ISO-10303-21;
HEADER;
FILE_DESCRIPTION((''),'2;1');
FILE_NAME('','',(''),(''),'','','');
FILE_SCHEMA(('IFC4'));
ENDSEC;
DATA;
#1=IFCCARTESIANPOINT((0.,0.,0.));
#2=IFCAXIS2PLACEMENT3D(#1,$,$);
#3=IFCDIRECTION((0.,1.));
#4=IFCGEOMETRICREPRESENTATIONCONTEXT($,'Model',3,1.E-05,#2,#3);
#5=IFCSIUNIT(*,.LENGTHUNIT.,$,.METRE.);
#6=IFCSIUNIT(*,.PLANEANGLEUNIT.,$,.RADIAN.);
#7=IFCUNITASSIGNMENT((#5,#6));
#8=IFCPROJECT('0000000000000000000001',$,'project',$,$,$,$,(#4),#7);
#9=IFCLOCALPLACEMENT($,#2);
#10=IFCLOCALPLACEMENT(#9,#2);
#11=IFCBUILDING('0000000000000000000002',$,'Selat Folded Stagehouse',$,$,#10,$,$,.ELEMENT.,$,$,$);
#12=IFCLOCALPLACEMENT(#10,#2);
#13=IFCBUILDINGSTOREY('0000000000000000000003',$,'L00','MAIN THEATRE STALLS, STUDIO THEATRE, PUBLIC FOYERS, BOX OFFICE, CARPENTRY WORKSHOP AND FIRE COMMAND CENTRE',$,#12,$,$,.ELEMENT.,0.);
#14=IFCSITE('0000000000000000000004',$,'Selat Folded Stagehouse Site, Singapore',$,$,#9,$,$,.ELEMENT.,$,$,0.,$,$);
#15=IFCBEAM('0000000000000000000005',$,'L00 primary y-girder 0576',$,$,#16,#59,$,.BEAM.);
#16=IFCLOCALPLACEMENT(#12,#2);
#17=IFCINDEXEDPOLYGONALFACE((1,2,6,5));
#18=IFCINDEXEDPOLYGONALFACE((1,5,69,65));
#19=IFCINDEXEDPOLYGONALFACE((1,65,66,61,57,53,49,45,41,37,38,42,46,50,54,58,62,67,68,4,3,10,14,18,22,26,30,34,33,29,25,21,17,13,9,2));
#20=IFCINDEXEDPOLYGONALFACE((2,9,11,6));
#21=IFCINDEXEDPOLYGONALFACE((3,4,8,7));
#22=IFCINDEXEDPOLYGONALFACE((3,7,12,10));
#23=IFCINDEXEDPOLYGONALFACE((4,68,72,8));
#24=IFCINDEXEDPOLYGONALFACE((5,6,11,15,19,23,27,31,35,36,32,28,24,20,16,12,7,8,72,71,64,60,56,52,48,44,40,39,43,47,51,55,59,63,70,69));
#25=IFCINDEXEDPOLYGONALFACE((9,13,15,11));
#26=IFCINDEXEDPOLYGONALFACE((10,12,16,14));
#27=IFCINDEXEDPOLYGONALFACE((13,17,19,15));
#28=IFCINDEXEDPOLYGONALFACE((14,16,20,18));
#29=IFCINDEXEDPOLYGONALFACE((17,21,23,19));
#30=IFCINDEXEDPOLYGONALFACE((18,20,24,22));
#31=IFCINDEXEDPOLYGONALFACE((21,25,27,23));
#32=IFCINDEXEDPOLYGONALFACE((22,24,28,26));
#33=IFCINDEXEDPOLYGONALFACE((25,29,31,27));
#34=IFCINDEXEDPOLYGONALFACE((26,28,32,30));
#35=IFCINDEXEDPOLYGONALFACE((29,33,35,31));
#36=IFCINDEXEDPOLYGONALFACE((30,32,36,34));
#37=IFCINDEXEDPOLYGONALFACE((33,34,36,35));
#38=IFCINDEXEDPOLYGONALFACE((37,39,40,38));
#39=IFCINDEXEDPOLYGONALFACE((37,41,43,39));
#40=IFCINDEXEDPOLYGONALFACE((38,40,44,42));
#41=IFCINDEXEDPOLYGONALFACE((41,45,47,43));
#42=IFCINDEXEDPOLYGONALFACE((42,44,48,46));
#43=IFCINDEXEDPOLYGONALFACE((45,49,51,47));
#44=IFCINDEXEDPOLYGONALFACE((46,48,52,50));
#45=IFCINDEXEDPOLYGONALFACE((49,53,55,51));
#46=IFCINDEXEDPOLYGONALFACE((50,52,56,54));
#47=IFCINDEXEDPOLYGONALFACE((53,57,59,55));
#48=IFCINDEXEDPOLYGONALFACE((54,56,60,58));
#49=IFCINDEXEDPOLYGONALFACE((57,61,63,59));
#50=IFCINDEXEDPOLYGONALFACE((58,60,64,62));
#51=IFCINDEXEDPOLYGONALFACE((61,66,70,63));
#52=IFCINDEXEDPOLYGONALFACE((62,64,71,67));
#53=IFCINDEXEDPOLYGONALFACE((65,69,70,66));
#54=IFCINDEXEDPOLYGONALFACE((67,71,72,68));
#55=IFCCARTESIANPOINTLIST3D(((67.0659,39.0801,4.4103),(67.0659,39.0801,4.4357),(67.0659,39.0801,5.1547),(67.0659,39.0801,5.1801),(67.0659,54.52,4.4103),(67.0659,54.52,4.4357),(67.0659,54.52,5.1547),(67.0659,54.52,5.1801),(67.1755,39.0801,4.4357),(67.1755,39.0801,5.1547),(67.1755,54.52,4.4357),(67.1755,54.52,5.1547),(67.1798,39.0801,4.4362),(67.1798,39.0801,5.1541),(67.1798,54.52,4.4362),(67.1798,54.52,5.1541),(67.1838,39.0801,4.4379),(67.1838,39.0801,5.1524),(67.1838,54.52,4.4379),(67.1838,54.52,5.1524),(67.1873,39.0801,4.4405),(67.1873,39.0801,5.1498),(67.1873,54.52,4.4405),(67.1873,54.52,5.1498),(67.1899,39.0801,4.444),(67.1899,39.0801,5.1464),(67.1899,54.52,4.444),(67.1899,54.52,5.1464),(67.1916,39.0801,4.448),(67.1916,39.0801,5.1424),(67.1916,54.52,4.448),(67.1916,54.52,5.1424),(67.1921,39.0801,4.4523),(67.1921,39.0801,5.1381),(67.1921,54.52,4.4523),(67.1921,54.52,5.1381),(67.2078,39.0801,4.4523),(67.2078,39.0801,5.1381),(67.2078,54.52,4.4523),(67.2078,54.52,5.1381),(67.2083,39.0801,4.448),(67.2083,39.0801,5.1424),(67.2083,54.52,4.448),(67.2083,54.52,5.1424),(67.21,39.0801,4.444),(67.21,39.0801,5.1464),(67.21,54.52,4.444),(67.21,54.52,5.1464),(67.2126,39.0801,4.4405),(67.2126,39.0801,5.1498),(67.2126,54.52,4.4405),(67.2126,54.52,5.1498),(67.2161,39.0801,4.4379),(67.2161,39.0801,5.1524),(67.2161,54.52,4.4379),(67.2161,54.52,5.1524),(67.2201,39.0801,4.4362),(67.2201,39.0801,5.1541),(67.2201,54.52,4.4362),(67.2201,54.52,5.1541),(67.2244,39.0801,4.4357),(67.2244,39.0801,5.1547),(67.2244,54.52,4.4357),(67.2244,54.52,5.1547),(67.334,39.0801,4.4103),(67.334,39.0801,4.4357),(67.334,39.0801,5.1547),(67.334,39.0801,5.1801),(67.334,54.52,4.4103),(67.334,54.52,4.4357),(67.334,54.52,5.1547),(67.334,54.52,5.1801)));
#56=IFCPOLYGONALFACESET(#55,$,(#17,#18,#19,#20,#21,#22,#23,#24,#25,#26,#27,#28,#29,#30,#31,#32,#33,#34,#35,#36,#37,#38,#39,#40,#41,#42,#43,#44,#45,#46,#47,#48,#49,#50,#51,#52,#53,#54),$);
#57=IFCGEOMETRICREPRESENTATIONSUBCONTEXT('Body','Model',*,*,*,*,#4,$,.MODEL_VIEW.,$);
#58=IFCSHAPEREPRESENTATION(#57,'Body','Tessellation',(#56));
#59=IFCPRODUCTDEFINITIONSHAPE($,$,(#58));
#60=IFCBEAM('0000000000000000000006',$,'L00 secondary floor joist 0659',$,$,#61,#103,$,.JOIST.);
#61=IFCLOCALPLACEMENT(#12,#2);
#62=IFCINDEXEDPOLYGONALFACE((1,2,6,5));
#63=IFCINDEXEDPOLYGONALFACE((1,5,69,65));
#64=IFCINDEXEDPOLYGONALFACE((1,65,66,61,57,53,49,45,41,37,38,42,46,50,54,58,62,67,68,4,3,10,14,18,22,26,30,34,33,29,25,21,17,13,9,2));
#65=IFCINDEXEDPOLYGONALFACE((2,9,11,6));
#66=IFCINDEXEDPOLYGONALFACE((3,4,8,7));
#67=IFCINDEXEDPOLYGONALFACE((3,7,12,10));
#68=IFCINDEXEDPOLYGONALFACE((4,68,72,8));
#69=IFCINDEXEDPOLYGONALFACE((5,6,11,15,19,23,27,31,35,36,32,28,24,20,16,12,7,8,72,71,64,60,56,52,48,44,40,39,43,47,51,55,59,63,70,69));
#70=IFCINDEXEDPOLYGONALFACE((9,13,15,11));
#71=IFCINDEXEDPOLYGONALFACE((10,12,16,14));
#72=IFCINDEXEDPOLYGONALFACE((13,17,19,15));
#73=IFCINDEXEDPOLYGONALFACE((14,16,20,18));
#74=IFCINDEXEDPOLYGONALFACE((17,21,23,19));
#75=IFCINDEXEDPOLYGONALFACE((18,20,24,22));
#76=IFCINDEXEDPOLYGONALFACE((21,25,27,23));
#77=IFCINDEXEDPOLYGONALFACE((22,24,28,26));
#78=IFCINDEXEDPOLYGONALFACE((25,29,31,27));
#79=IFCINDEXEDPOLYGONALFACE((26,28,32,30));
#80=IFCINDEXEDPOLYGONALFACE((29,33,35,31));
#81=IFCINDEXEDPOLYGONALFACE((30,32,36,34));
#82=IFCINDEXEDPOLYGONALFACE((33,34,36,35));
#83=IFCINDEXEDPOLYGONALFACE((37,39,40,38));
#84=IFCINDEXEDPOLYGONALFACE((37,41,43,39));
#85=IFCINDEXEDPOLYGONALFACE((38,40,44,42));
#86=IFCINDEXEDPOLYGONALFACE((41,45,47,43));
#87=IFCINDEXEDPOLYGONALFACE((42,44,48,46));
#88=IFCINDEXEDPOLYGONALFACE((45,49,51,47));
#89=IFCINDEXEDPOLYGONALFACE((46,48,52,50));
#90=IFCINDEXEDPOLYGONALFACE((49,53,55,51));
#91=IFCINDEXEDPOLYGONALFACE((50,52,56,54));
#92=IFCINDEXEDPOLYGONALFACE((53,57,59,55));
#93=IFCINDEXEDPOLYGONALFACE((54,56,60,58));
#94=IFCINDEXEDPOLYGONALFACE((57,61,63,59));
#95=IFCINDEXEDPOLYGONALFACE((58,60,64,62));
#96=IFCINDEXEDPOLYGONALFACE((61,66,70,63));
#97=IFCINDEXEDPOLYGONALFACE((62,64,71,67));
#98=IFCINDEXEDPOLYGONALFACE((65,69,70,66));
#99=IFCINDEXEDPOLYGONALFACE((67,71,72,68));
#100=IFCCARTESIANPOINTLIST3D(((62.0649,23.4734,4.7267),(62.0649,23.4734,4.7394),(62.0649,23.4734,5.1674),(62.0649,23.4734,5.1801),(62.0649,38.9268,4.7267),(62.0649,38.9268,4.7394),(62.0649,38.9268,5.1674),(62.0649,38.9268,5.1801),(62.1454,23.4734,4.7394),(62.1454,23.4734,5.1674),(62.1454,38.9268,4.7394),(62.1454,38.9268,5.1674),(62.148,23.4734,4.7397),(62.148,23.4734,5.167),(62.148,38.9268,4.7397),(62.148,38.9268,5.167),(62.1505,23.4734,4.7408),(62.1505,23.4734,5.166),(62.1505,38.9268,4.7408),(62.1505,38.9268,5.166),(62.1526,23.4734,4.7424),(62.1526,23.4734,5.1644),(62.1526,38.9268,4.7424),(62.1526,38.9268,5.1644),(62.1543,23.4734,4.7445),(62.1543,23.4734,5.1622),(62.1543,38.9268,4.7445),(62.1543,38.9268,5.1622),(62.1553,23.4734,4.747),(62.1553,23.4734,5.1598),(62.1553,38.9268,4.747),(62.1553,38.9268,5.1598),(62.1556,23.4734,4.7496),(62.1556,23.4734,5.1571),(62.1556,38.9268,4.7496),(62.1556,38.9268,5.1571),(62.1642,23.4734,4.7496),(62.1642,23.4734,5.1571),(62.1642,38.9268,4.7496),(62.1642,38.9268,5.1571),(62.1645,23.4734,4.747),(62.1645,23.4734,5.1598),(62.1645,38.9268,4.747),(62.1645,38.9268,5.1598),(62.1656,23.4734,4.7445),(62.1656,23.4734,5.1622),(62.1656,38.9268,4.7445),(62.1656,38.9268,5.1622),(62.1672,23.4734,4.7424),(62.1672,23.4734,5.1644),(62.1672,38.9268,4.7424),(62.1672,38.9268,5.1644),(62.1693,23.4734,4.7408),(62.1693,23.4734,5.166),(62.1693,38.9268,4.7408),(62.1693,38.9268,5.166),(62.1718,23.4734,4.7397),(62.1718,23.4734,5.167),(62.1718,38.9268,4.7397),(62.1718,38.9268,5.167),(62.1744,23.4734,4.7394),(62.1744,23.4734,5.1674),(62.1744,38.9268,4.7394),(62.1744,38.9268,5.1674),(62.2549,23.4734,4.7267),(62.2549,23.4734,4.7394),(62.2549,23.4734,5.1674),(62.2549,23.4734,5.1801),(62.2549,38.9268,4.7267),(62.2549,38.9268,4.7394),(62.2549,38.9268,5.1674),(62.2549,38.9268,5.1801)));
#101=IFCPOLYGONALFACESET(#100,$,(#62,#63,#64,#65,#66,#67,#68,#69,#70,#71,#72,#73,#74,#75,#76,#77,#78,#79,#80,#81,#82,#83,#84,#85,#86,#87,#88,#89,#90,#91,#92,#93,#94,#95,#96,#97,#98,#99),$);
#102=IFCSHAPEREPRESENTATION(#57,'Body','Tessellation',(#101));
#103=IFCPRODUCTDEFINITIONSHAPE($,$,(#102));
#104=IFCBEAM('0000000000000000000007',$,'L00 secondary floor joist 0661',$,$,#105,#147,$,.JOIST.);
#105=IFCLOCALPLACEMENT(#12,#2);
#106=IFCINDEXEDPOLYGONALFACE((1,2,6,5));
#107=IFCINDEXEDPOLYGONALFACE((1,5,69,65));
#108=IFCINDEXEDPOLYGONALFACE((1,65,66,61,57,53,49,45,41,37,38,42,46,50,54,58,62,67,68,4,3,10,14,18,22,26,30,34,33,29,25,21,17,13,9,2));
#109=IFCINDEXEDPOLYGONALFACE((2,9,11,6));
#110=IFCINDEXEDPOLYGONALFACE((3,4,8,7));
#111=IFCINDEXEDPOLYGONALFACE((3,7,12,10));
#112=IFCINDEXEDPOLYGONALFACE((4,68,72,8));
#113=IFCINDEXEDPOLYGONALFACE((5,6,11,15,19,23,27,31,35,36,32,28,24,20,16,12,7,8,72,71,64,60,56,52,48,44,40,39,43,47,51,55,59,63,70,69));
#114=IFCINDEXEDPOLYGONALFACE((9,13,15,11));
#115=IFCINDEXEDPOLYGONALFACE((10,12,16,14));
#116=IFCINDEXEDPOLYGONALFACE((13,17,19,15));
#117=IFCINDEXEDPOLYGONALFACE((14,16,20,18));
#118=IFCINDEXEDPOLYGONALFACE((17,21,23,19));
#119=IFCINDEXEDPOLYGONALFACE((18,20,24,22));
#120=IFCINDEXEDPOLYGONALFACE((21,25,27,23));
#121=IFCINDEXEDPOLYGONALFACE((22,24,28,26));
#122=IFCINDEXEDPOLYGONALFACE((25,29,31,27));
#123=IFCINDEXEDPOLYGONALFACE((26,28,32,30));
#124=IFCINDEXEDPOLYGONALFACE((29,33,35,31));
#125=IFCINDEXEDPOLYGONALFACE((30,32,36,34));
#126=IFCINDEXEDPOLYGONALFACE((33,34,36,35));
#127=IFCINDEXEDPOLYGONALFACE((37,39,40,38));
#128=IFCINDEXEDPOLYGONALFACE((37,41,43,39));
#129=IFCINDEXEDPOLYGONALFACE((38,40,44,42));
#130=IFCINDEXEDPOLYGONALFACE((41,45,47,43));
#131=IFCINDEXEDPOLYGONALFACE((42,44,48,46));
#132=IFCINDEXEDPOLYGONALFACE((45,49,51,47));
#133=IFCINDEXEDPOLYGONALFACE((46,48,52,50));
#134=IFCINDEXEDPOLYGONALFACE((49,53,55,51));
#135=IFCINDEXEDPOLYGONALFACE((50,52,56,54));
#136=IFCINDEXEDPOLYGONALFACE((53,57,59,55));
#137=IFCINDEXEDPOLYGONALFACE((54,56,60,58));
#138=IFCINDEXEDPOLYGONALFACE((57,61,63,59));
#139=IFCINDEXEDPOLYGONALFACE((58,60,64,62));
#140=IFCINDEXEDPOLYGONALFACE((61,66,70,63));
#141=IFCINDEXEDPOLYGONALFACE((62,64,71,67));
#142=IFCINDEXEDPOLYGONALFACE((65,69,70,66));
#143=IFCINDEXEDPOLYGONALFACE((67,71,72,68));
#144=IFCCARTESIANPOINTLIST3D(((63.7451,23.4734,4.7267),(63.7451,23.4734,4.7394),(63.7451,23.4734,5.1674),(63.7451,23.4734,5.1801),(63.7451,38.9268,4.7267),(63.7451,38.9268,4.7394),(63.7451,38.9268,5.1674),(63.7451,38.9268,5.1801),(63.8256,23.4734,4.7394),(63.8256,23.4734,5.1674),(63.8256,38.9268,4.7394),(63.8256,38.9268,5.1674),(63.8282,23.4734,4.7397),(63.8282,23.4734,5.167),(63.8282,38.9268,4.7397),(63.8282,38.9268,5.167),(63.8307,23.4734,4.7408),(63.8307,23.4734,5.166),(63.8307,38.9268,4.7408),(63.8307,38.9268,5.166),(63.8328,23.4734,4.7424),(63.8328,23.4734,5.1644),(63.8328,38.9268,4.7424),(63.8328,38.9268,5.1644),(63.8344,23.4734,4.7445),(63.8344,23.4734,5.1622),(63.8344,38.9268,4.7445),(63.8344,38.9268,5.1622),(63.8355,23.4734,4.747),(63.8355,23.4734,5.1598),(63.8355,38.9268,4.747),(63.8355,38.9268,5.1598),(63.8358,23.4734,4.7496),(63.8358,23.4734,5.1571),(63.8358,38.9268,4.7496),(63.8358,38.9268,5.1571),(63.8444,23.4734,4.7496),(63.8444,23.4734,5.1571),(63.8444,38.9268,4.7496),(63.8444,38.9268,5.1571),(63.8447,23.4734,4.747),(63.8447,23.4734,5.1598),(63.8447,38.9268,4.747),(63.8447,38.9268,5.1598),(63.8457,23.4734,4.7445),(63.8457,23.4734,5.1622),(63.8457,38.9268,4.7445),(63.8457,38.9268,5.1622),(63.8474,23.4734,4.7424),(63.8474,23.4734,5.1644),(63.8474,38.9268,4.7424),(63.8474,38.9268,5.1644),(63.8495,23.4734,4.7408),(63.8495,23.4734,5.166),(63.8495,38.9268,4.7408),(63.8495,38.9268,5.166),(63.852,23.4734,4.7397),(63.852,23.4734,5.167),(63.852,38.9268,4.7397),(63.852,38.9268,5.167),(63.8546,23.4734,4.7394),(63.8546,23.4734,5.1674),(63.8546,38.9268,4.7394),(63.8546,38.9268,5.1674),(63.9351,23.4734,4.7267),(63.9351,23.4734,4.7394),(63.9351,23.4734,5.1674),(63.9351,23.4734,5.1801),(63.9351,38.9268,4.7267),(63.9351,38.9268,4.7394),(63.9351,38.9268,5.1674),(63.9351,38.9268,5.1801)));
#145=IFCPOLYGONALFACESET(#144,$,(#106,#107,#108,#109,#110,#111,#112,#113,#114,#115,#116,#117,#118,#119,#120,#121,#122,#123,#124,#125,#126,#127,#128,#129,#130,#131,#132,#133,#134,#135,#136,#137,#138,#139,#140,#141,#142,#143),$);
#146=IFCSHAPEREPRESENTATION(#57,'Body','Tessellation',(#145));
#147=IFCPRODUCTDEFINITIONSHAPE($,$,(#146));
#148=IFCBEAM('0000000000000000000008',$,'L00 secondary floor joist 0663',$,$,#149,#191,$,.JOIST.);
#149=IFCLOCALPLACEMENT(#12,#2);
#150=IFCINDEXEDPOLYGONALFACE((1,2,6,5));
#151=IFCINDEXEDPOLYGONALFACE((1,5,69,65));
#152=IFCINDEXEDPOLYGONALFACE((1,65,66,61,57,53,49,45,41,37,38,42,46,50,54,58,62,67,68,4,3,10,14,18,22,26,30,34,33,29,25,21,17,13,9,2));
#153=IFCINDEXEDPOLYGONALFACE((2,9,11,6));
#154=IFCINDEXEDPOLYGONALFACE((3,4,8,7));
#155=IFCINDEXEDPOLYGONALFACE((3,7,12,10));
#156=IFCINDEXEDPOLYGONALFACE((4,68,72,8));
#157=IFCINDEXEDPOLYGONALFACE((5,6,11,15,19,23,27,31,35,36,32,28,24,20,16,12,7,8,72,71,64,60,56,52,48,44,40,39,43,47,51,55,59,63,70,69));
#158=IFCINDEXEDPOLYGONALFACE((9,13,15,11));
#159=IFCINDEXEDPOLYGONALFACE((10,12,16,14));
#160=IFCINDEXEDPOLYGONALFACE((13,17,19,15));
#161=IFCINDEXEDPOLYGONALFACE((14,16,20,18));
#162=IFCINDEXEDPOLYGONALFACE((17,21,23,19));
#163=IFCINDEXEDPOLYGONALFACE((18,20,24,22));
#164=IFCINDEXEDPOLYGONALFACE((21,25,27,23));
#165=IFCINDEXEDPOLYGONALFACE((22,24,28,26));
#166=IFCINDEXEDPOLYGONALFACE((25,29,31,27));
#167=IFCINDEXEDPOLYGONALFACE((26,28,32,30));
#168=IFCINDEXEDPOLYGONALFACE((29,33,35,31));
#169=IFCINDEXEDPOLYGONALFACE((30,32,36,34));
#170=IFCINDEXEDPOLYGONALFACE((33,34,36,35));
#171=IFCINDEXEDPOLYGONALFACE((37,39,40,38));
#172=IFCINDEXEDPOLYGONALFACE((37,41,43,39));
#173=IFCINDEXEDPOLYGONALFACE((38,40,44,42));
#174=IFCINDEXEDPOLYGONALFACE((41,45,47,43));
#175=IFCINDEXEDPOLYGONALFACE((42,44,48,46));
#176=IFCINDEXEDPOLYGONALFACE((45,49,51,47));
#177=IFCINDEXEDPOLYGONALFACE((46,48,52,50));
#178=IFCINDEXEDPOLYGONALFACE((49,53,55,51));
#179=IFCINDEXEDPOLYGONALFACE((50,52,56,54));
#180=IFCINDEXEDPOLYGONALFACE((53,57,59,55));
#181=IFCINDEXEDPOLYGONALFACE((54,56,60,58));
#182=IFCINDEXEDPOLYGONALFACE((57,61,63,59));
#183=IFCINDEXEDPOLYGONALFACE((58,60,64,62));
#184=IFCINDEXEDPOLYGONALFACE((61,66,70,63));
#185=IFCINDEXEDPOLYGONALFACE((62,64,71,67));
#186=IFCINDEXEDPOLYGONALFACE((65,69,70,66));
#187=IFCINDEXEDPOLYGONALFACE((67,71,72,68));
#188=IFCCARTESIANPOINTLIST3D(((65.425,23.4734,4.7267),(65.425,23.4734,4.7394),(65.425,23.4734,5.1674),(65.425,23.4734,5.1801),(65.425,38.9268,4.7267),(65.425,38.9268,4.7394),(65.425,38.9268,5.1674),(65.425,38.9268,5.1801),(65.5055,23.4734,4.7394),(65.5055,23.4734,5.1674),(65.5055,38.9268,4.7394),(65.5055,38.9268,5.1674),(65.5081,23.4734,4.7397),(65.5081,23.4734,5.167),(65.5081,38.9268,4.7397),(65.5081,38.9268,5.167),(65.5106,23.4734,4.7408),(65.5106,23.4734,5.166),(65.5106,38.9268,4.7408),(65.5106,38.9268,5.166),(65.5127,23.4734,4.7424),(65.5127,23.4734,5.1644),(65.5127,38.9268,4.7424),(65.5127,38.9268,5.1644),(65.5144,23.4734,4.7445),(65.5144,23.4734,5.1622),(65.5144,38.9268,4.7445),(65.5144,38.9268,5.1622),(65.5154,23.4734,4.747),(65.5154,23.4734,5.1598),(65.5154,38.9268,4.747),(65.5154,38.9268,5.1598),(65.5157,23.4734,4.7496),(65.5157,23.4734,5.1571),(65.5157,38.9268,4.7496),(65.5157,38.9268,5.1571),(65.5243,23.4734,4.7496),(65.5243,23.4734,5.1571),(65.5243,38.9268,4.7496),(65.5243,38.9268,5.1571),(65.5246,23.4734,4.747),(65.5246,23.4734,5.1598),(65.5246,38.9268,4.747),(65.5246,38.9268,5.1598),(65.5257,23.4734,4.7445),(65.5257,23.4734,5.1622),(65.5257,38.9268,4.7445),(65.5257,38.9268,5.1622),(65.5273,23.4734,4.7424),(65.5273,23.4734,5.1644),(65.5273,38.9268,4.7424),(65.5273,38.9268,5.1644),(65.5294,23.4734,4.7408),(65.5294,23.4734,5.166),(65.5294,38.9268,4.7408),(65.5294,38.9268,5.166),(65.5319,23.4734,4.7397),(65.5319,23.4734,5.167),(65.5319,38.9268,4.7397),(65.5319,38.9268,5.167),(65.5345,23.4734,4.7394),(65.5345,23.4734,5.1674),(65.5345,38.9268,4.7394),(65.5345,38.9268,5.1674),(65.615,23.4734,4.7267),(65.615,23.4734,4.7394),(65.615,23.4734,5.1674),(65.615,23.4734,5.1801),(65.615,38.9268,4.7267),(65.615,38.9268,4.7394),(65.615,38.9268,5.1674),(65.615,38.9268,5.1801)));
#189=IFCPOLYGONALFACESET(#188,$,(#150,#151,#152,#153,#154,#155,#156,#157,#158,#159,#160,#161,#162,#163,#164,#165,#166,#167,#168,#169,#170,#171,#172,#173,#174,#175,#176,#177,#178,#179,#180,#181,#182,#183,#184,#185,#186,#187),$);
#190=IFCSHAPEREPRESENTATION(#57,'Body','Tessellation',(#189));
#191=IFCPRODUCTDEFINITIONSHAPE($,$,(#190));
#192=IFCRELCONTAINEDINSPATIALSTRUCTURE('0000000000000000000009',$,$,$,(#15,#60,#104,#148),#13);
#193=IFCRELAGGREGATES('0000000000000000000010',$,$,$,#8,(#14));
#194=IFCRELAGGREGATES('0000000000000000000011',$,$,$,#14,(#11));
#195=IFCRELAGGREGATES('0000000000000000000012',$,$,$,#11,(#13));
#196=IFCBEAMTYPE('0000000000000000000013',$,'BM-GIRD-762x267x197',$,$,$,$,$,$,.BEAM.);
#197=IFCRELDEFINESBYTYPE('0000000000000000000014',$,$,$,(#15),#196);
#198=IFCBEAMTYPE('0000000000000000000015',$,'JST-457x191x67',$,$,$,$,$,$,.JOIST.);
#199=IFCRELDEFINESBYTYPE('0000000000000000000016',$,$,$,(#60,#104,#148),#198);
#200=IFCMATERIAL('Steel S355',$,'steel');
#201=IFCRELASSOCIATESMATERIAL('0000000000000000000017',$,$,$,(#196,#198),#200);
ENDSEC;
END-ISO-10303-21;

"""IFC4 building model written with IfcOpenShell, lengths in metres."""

from ifc_helpers import new_model, si_unit, direction, frame, origin, origin_2d, place, context, subcontext, project, spatial, i_section, extrude, material, material_profile, profile_set, type_object, element, save


model = new_model("IFC4")

# Units and contexts
model_context = context("Model", 3, precision=1e-05, world=origin(), true_north=direction((0.0, 1.0)))
body_context = subcontext(model_context, "Body", "Model", "MODEL_VIEW")
ifc_project = project(units=[si_unit("LENGTHUNIT", "METRE"), si_unit("PLANEANGLEUNIT", "RADIAN")], contexts=[model_context])

# Site, building, storey
site_placement = place(None, origin())
site = spatial("IfcSite", under=ifc_project, at=site_placement, Name="Selat Folded Stagehouse Site, Singapore", CompositionType="ELEMENT", RefElevation=0.0)
building_placement = place(site_placement, origin())
building = spatial("IfcBuilding", under=site, at=building_placement, Name="Selat Folded Stagehouse", CompositionType="ELEMENT")
storey_placement = place(building_placement, origin())
storey = spatial("IfcBuildingStorey", under=building, at=storey_placement, Name="L00", Description="MAIN THEATRE STALLS, STUDIO THEATRE, PUBLIC FOYERS, BOX OFFICE, CARPENTRY WORKSHOP AND FIRE COMMAND CENTRE", CompositionType="ELEMENT", Elevation=0.0)

# Shared definitions
ifc_material_1 = material(Name="Steel S355", Category="steel")

# Beams
ifc_material_profile_1 = material_profile(ifc_material_1, i_section(OverallWidth=0.2681, OverallDepth=0.7698, WebThickness=0.0156, FlangeThickness=0.0254, FilletRadius=0.0166, at=origin_2d()), Name="UKB 762x267x197")
ifc_profile_set_1 = profile_set([ifc_material_profile_1], Name="Steel S355")
beam_type_1 = type_object("IfcBeamType", Name="BM-GIRD-762x267x197", PredefinedType="BEAM", material=ifc_profile_set_1)
beam_1_placement = place(storey_placement, frame((67.2, 39.0801, 4.7952), z_axis=(0.0, 1.0, 0.0), x_axis=(-1.0, 0.0, 0.0)))
element("IfcBeam", 1, at=beam_1_placement, inside=storey, type_object=beam_type_1, Name="L00 primary y-girder 0576", PredefinedType="BEAM", context=body_context, shape_type="SweptSolid", body=[
    extrude(i_section(OverallWidth=0.2681, OverallDepth=0.7698, WebThickness=0.0156, FlangeThickness=0.0254, FilletRadius=0.0166, at=origin_2d()), origin(), (0.0, 0.0, 1.0), 15.4399),
])
ifc_material_profile_2 = material_profile(ifc_material_1, i_section(OverallWidth=0.1899, OverallDepth=0.4534, WebThickness=0.0085, FlangeThickness=0.0127, FilletRadius=0.0103, at=origin_2d()), Name="UKB 457x191x67")
ifc_profile_set_2 = profile_set([ifc_material_profile_2], Name="Steel S355")
beam_type_2 = type_object("IfcBeamType", Name="JST-457x191x67", PredefinedType="JOIST", material=ifc_profile_set_2)
for number, where, z_axis, x_axis, name in (
    (2, (62.1599, 23.4734, 4.9534), (0.0, 1.0, 0.0), (-1.0, 0.0, 0.0), "L00 secondary floor joist 0659"),
    (3, (63.8401, 23.4734, 4.9534), (0.0, 1.0, 0.0), (-1.0, 0.0, 0.0), "L00 secondary floor joist 0661"),
    (4, (65.52, 23.4734, 4.9534), (0.0, 1.0, 0.0), (-1.0, 0.0, 0.0), "L00 secondary floor joist 0663"),
):
    element("IfcBeam", number, at=place(storey_placement, frame(where, z_axis=z_axis, x_axis=x_axis)), inside=storey, type_object=beam_type_2, Name=name, PredefinedType="JOIST", context=body_context, shape_type="SweptSolid", body=[
        extrude(i_section(OverallWidth=0.1899, OverallDepth=0.4534, WebThickness=0.0085, FlangeThickness=0.0127, FilletRadius=0.0103, at=origin_2d()), origin(), (0.0, 0.0, 1.0), 15.4534),
    ])

save(model, "model.ifc")
